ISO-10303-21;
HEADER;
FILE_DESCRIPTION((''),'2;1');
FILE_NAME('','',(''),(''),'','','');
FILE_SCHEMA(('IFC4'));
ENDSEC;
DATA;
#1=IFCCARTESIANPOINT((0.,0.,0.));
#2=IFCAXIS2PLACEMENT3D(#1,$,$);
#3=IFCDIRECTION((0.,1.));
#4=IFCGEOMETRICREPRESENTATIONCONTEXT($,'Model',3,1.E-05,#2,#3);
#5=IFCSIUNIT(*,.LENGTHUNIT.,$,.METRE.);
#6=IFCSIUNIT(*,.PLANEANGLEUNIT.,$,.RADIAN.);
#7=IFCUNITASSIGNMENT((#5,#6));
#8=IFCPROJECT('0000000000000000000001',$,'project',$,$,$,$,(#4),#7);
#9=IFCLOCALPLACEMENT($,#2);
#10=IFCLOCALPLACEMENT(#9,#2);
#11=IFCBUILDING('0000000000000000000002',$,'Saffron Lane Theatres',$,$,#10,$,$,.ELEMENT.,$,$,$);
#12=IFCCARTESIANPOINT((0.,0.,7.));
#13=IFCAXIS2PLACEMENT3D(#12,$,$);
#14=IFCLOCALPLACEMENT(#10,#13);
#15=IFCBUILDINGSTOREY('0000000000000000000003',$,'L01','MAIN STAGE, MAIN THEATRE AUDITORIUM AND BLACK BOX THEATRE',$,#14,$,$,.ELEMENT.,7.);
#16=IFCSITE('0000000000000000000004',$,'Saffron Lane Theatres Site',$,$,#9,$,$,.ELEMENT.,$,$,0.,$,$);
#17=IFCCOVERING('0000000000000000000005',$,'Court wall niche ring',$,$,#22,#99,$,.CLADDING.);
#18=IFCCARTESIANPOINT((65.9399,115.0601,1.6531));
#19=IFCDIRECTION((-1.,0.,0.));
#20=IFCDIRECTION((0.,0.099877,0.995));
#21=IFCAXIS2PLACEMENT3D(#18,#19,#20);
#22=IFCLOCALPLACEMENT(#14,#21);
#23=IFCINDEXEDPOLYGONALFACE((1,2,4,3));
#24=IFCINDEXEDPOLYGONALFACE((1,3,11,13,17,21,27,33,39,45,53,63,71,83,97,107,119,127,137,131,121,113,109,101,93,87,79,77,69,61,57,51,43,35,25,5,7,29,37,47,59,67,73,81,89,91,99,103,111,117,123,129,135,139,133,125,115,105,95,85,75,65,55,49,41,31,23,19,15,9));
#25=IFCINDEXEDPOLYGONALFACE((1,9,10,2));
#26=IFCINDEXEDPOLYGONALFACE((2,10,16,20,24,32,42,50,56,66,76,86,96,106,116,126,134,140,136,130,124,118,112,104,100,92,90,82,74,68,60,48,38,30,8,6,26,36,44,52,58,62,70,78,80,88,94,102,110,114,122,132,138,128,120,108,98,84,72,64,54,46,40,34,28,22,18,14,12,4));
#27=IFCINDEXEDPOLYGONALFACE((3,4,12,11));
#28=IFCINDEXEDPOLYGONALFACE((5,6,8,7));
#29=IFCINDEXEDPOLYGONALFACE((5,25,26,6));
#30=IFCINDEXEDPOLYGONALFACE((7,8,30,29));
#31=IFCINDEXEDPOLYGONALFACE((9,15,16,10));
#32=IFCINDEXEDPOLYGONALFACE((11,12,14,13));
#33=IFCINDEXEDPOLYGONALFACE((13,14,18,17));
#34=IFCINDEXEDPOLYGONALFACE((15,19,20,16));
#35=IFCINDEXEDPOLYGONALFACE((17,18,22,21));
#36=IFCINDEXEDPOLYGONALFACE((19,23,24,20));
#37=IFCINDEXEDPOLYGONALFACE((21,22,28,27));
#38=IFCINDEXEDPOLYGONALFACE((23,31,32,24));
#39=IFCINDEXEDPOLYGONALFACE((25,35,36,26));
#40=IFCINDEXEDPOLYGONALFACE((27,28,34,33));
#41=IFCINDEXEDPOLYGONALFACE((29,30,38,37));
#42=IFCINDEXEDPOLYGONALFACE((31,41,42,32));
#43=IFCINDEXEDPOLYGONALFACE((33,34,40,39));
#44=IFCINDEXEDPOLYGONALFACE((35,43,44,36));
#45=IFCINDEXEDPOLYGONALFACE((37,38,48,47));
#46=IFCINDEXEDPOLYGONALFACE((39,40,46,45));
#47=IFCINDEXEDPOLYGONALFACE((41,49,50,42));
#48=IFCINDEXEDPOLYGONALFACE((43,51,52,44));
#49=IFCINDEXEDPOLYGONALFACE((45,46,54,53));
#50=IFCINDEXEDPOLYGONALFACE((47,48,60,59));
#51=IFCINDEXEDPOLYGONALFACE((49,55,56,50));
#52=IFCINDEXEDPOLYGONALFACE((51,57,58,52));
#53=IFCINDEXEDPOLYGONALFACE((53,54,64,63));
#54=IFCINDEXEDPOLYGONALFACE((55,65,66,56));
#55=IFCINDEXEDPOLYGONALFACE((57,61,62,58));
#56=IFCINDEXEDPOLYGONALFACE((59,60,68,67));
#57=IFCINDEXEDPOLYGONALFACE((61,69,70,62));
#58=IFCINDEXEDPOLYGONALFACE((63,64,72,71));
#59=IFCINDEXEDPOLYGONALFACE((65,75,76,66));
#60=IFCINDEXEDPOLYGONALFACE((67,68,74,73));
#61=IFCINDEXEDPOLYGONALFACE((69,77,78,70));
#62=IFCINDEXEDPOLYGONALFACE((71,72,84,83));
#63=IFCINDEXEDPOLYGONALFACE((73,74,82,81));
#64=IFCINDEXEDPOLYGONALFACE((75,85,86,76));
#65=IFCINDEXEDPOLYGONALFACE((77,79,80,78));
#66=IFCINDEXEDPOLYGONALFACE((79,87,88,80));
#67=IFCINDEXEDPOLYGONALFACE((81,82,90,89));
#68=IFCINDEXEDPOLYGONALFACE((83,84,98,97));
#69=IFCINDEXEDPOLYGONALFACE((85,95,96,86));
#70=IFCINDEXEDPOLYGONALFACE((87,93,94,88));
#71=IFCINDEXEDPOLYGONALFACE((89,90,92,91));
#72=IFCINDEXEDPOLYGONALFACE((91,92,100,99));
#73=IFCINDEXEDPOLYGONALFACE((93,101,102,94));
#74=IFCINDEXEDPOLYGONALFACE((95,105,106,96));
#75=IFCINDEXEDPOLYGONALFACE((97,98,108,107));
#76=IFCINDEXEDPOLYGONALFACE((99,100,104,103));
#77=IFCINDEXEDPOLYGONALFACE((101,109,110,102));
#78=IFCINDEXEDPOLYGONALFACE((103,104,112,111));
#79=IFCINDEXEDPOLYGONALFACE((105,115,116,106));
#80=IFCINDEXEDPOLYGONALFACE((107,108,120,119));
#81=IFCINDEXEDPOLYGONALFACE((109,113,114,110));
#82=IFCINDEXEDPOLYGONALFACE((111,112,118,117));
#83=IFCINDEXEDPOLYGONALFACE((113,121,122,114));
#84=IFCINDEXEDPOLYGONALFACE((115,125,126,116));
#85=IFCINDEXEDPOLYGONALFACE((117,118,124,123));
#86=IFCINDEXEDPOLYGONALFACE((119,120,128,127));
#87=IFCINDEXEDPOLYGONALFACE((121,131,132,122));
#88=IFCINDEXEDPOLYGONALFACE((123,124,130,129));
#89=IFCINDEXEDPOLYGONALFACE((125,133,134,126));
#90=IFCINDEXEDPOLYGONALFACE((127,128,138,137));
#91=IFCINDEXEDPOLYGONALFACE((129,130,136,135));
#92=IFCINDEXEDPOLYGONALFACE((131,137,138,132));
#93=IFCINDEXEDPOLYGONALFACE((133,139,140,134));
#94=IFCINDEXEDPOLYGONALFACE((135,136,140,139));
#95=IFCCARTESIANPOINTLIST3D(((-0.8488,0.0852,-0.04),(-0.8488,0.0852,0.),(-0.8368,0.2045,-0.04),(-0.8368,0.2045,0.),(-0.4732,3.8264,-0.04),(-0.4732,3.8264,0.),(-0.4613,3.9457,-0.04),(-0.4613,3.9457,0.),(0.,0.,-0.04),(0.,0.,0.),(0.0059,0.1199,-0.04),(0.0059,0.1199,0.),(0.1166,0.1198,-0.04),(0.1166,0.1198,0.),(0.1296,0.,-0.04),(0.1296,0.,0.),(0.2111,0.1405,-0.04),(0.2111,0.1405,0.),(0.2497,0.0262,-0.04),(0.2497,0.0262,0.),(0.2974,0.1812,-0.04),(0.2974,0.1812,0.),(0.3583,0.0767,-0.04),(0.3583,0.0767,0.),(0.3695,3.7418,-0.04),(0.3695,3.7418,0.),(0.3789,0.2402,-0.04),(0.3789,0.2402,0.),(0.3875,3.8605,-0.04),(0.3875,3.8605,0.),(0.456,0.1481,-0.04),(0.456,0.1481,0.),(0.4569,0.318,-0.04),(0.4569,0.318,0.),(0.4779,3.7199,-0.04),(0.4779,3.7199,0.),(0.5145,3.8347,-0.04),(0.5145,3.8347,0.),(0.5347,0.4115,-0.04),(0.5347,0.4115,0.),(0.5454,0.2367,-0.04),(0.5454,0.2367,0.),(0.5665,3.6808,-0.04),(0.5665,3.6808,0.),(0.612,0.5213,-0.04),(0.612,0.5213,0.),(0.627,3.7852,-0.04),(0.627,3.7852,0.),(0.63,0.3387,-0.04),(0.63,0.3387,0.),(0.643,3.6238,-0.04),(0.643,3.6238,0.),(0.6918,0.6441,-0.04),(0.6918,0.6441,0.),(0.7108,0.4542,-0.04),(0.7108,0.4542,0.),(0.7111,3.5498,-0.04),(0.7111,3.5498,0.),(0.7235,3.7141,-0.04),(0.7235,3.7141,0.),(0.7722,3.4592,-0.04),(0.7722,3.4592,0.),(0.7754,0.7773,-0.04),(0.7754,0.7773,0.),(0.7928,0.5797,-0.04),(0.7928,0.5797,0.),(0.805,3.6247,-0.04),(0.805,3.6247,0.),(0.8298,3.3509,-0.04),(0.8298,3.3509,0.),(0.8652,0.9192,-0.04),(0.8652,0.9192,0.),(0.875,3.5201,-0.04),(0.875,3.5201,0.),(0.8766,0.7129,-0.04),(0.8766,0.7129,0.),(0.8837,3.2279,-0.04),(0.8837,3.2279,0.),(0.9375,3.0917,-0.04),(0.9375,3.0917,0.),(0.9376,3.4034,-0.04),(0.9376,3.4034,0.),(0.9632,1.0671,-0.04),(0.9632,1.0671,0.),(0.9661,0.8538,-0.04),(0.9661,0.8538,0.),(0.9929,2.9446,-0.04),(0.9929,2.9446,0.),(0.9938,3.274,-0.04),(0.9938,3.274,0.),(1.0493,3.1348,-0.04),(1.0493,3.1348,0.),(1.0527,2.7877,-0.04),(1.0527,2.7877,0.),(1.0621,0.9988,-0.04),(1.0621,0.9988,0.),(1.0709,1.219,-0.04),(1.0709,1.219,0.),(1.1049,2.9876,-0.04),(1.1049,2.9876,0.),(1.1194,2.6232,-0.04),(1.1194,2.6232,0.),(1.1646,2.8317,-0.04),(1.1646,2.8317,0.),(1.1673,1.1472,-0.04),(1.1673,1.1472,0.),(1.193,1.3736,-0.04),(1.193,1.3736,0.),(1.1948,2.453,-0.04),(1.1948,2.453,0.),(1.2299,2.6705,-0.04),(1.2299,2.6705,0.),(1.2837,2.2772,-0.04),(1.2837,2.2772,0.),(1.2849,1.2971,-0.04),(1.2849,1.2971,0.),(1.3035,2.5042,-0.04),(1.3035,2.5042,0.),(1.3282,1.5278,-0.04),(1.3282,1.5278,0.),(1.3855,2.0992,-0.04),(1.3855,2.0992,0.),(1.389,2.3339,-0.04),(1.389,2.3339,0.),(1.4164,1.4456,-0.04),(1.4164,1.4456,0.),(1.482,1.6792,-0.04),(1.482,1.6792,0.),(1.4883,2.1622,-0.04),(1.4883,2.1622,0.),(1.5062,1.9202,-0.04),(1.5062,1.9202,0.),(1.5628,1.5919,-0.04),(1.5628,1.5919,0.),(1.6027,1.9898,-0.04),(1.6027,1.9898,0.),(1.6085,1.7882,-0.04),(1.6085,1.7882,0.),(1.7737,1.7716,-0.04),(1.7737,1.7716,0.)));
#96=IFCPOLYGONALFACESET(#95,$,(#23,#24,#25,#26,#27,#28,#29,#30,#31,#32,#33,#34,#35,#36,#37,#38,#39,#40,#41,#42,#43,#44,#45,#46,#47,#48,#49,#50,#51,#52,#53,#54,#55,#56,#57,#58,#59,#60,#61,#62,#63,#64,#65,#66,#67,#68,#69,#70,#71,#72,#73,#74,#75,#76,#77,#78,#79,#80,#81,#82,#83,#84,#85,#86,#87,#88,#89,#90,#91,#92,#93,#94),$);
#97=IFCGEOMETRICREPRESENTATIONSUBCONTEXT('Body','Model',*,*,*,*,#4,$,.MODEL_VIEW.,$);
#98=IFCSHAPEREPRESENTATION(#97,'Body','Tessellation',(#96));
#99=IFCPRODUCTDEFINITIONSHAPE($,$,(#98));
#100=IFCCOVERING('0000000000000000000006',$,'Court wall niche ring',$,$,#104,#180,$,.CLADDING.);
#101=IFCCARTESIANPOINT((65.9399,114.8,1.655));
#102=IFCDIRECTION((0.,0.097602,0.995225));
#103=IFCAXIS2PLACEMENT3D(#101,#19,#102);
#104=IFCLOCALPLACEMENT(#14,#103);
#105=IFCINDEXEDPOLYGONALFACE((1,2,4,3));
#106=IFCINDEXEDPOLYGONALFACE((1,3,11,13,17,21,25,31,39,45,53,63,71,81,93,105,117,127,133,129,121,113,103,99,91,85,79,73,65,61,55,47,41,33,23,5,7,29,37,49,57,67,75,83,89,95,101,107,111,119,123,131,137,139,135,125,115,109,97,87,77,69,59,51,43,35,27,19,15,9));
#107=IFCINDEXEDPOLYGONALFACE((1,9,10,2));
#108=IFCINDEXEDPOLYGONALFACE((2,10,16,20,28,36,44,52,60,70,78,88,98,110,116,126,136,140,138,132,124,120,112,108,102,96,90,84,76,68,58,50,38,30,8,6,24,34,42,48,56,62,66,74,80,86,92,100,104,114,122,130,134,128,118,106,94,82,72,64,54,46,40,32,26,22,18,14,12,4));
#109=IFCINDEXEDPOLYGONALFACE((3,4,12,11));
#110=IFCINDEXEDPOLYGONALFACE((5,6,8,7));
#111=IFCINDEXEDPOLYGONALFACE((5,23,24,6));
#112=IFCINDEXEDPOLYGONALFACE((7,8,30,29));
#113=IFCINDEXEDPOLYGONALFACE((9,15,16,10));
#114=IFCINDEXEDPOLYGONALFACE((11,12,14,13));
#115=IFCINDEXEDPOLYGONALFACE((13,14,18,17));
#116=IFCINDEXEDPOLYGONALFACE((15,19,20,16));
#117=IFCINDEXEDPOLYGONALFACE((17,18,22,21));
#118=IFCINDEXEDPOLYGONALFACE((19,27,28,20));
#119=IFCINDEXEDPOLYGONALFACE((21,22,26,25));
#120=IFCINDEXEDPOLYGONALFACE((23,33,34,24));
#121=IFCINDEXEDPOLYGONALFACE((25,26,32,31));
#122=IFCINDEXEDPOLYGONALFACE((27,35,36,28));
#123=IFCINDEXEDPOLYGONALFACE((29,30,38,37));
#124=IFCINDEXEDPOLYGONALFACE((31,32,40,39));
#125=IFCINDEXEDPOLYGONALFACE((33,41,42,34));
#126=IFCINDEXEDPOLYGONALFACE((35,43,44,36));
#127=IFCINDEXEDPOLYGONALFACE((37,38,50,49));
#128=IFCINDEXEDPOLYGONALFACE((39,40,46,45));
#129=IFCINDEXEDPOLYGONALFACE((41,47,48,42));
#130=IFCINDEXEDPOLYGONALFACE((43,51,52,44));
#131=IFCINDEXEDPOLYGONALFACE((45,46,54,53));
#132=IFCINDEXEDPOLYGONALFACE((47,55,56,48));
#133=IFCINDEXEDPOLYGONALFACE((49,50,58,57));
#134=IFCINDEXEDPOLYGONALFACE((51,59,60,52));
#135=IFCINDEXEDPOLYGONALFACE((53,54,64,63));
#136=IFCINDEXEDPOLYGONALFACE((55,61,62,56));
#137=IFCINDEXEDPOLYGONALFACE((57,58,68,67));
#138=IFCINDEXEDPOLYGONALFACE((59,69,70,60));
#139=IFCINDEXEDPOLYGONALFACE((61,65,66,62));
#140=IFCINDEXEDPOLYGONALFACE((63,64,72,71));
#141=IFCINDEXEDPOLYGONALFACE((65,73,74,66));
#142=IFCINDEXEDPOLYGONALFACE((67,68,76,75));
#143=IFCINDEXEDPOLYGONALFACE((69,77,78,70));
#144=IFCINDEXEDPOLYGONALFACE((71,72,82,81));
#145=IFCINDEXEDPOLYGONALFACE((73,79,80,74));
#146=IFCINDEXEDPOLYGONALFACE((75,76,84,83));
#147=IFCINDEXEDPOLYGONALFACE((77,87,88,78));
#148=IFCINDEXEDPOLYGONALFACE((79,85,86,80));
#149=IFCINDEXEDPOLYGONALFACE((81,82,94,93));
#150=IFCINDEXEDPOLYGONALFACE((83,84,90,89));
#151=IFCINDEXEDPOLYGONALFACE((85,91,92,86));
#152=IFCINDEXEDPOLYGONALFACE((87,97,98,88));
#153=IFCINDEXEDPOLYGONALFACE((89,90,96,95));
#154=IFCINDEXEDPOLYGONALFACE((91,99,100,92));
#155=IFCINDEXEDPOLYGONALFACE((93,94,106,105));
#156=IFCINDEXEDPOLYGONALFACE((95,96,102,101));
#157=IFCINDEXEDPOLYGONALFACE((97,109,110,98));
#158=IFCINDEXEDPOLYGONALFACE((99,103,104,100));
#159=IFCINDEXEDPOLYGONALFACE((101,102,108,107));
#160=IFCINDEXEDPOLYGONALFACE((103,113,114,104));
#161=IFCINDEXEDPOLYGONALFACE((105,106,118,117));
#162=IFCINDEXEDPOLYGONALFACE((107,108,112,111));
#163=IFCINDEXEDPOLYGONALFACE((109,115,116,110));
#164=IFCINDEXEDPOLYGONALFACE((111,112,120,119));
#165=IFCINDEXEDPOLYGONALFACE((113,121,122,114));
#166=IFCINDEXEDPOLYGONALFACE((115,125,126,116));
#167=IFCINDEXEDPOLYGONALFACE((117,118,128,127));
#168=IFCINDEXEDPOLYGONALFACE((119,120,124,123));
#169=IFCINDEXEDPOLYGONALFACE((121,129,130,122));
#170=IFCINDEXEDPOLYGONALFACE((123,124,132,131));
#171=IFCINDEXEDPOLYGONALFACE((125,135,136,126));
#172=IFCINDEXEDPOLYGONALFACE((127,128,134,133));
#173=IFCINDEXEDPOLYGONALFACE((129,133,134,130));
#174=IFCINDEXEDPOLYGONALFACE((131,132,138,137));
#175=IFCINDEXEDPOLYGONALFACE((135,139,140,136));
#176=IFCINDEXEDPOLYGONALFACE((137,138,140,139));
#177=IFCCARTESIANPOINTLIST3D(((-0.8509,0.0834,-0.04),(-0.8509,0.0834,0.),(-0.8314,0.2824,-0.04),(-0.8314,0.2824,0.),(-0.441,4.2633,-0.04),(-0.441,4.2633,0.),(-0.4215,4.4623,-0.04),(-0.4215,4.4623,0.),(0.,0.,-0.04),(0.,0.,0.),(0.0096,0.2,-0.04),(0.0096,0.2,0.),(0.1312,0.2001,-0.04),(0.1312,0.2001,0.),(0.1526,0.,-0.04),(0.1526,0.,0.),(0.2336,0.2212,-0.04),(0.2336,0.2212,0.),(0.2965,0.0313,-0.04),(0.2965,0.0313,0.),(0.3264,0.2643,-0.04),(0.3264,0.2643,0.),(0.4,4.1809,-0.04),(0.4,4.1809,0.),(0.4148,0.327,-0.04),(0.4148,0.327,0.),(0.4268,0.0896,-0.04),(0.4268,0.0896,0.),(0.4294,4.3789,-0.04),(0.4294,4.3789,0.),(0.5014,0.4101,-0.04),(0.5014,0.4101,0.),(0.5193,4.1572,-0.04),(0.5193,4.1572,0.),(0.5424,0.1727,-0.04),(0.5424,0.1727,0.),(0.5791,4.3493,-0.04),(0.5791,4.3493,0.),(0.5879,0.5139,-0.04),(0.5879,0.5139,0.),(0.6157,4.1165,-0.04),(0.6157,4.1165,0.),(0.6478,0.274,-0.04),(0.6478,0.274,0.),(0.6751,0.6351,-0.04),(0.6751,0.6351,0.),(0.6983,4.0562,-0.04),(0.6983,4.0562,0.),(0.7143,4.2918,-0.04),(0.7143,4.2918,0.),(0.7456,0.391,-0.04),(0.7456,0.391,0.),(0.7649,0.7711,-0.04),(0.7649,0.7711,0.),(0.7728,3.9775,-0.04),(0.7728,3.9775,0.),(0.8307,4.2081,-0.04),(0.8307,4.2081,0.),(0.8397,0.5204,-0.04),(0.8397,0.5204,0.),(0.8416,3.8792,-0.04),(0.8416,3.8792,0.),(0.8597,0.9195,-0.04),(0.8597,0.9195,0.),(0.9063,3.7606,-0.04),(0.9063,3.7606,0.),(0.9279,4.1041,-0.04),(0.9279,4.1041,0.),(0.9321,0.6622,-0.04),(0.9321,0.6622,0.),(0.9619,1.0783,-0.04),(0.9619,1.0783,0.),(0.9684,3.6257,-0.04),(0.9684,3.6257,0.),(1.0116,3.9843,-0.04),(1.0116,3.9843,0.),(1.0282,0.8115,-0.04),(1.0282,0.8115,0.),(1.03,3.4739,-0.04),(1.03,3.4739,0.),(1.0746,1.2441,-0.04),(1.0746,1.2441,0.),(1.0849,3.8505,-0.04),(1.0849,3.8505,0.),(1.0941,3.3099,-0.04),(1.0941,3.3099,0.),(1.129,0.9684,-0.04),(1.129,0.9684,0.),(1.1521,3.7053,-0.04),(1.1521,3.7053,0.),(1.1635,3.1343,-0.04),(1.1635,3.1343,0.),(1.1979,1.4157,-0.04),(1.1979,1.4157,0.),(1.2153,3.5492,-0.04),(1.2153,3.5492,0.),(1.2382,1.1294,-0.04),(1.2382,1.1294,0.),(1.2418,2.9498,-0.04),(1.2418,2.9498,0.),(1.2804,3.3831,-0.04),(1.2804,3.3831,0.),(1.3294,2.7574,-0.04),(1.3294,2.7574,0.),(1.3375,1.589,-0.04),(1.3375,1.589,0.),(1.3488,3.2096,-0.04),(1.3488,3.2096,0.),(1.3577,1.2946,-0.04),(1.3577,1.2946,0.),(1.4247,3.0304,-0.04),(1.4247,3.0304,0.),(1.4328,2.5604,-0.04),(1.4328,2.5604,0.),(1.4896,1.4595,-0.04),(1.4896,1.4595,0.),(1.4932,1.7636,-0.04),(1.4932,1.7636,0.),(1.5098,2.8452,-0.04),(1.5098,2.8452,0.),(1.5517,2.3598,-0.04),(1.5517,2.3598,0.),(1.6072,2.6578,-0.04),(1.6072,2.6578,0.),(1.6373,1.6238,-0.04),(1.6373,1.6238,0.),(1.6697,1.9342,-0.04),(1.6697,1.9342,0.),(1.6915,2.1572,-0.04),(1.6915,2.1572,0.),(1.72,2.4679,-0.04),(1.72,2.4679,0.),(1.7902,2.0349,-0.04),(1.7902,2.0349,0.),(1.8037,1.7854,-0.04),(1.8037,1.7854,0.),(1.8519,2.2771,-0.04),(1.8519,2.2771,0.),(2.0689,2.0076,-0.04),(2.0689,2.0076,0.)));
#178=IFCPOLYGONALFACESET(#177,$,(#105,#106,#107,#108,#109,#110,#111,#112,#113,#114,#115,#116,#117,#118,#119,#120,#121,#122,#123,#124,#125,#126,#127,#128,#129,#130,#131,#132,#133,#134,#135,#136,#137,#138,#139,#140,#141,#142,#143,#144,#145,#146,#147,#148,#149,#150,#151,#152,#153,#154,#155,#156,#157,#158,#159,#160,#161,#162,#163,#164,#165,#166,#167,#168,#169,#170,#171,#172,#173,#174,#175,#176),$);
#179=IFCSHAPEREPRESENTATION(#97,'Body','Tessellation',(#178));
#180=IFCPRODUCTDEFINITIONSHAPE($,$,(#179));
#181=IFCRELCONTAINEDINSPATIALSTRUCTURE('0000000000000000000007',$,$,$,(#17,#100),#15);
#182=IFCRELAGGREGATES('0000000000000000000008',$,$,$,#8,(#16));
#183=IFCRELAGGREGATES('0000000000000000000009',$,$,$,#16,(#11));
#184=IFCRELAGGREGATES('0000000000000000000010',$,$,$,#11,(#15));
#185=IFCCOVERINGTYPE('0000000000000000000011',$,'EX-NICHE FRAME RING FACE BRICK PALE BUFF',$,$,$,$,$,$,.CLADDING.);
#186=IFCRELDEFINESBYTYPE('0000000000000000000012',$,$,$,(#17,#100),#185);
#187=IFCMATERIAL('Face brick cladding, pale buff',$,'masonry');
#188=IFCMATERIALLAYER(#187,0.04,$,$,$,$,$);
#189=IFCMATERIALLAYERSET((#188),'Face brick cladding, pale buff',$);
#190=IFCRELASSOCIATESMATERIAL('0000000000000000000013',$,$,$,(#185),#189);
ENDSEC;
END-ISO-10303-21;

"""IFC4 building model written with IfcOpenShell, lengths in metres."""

from ifc_helpers import new_model, si_unit, direction, frame, origin, place, context, subcontext, project, spatial, polyline, outline, extrude, material, layer, layer_set, type_object, element, save


model = new_model("IFC4")

# Units and contexts
model_context = context("Model", 3, precision=1e-05, world=origin(), true_north=direction((0.0, 1.0)))
body_context = subcontext(model_context, "Body", "Model", "MODEL_VIEW")
ifc_project = project(units=[si_unit("LENGTHUNIT", "METRE"), si_unit("PLANEANGLEUNIT", "RADIAN")], contexts=[model_context])

# Site, building, storey
site_placement = place(None, origin())
site = spatial("IfcSite", under=ifc_project, at=site_placement, Name="Saffron Lane Theatres Site", CompositionType="ELEMENT", RefElevation=0.0)
building_placement = place(site_placement, origin())
building = spatial("IfcBuilding", under=site, at=building_placement, Name="Saffron Lane Theatres", CompositionType="ELEMENT")
storey_placement = place(building_placement, frame((0.0, 0.0, 7.0)))
storey = spatial("IfcBuildingStorey", under=building, at=storey_placement, Name="L01", Description="MAIN STAGE, MAIN THEATRE AUDITORIUM AND BLACK BOX THEATRE", CompositionType="ELEMENT", Elevation=7.0)

# Coverings
ifc_material_1 = material(Name="Face brick cladding, pale buff", Category="masonry")
ifc_layer_1 = layer(ifc_material_1, 0.04)
ifc_layer_set_1 = layer_set([ifc_layer_1], Name="Face brick cladding, pale buff")
covering_type_1 = type_object("IfcCoveringType", Name="EX-NICHE FRAME RING FACE BRICK PALE BUFF", PredefinedType="CLADDING", material=ifc_layer_set_1)
covering_1_placement = place(storey_placement, frame((65.9399, 115.0601, 1.6531), z_axis=(-1.0, 0.0, 0.0), x_axis=(0.0, 0.099877, 0.995)))
element("IfcCovering", 1, at=covering_1_placement, inside=storey, type_object=covering_type_1, Name="Court wall niche ring", PredefinedType="CLADDING", context=body_context, shape_type="SweptSolid", body=[
    extrude(outline(polyline([(0.0, 0.0), (0.1296, 0.0), (0.2497, 0.0262), (0.3583, 0.0767), (0.456, 0.1481), (0.5454, 0.2367), (0.63, 0.3387), (0.7108, 0.4542), (0.7928, 0.5797), (0.8766, 0.7129), (0.9661, 0.8538), (1.0621, 0.9988), (1.1673, 1.1472), (1.2849, 1.2971), (1.4164, 1.4456), (1.5628, 1.5919), (1.7737, 1.7716), (1.6027, 1.9898), (1.4883, 2.1622), (1.389, 2.3339), (1.3035, 2.5042), (1.2299, 2.6705), (1.1646, 2.8317), (1.1049, 2.9876), (1.0493, 3.1348), (0.9938, 3.274), (0.9376, 3.4034), (0.875, 3.5201), (0.805, 3.6247), (0.7235, 3.7141), (0.627, 3.7852), (0.5145, 3.8347), (0.3875, 3.8605), (-0.4613, 3.9457), (-0.4732, 3.8264), (0.3695, 3.7418), (0.4779, 3.7199), (0.5665, 3.6808), (0.643, 3.6238), (0.7111, 3.5498), (0.7722, 3.4592), (0.8298, 3.3509), (0.8837, 3.2279), (0.9375, 3.0917), (0.9929, 2.9446), (1.0527, 2.7877), (1.1194, 2.6232), (1.1948, 2.453), (1.2837, 2.2772), (1.3855, 2.0992), (1.5062, 1.9202), (1.6085, 1.7882), (1.482, 1.6792), (1.3282, 1.5278), (1.193, 1.3736), (1.0709, 1.219), (0.9632, 1.0671), (0.8652, 0.9192), (0.7754, 0.7773), (0.6918, 0.6441), (0.612, 0.5213), (0.5347, 0.4115), (0.4569, 0.318), (0.3789, 0.2402), (0.2974, 0.1812), (0.2111, 0.1405), (0.1166, 0.1198), (0.0059, 0.1199), (-0.8368, 0.2045), (-0.8488, 0.0852), (0.0, 0.0)])), origin(), (0.0, 0.0, -1.0), 0.04),
])
covering_2_placement = place(storey_placement, frame((65.9399, 114.8, 1.655), z_axis=(-1.0, 0.0, 0.0), x_axis=(0.0, 0.097602, 0.995225)))
element("IfcCovering", 2, at=covering_2_placement, inside=storey, type_object=covering_type_1, Name="Court wall niche ring", PredefinedType="CLADDING", context=body_context, shape_type="SweptSolid", body=[
    extrude(outline(polyline([(0.0, 0.0), (0.1526, 0.0), (0.2965, 0.0313), (0.4268, 0.0896), (0.5424, 0.1727), (0.6478, 0.274), (0.7456, 0.391), (0.8397, 0.5204), (0.9321, 0.6622), (1.0282, 0.8115), (1.129, 0.9684), (1.2382, 1.1294), (1.3577, 1.2946), (1.4896, 1.4595), (1.6373, 1.6238), (1.8037, 1.7854), (2.0689, 2.0076), (1.8519, 2.2771), (1.72, 2.4679), (1.6072, 2.6578), (1.5098, 2.8452), (1.4247, 3.0304), (1.3488, 3.2096), (1.2804, 3.3831), (1.2153, 3.5492), (1.1521, 3.7053), (1.0849, 3.8505), (1.0116, 3.9843), (0.9279, 4.1041), (0.8307, 4.2081), (0.7143, 4.2918), (0.5791, 4.3493), (0.4294, 4.3789), (-0.4215, 4.4623), (-0.441, 4.2633), (0.4, 4.1809), (0.5193, 4.1572), (0.6157, 4.1165), (0.6983, 4.0562), (0.7728, 3.9775), (0.8416, 3.8792), (0.9063, 3.7606), (0.9684, 3.6257), (1.03, 3.4739), (1.0941, 3.3099), (1.1635, 3.1343), (1.2418, 2.9498), (1.3294, 2.7574), (1.4328, 2.5604), (1.5517, 2.3598), (1.6915, 2.1572), (1.7902, 2.0349), (1.6697, 1.9342), (1.4932, 1.7636), (1.3375, 1.589), (1.1979, 1.4157), (1.0746, 1.2441), (0.9619, 1.0783), (0.8597, 0.9195), (0.7649, 0.7711), (0.6751, 0.6351), (0.5879, 0.5139), (0.5014, 0.4101), (0.4148, 0.327), (0.3264, 0.2643), (0.2336, 0.2212), (0.1312, 0.2001), (0.0096, 0.2), (-0.8314, 0.2824), (-0.8509, 0.0834), (0.0, 0.0)])), origin(), (0.0, 0.0, -1.0), 0.04),
])

save(model, "model.ifc")
